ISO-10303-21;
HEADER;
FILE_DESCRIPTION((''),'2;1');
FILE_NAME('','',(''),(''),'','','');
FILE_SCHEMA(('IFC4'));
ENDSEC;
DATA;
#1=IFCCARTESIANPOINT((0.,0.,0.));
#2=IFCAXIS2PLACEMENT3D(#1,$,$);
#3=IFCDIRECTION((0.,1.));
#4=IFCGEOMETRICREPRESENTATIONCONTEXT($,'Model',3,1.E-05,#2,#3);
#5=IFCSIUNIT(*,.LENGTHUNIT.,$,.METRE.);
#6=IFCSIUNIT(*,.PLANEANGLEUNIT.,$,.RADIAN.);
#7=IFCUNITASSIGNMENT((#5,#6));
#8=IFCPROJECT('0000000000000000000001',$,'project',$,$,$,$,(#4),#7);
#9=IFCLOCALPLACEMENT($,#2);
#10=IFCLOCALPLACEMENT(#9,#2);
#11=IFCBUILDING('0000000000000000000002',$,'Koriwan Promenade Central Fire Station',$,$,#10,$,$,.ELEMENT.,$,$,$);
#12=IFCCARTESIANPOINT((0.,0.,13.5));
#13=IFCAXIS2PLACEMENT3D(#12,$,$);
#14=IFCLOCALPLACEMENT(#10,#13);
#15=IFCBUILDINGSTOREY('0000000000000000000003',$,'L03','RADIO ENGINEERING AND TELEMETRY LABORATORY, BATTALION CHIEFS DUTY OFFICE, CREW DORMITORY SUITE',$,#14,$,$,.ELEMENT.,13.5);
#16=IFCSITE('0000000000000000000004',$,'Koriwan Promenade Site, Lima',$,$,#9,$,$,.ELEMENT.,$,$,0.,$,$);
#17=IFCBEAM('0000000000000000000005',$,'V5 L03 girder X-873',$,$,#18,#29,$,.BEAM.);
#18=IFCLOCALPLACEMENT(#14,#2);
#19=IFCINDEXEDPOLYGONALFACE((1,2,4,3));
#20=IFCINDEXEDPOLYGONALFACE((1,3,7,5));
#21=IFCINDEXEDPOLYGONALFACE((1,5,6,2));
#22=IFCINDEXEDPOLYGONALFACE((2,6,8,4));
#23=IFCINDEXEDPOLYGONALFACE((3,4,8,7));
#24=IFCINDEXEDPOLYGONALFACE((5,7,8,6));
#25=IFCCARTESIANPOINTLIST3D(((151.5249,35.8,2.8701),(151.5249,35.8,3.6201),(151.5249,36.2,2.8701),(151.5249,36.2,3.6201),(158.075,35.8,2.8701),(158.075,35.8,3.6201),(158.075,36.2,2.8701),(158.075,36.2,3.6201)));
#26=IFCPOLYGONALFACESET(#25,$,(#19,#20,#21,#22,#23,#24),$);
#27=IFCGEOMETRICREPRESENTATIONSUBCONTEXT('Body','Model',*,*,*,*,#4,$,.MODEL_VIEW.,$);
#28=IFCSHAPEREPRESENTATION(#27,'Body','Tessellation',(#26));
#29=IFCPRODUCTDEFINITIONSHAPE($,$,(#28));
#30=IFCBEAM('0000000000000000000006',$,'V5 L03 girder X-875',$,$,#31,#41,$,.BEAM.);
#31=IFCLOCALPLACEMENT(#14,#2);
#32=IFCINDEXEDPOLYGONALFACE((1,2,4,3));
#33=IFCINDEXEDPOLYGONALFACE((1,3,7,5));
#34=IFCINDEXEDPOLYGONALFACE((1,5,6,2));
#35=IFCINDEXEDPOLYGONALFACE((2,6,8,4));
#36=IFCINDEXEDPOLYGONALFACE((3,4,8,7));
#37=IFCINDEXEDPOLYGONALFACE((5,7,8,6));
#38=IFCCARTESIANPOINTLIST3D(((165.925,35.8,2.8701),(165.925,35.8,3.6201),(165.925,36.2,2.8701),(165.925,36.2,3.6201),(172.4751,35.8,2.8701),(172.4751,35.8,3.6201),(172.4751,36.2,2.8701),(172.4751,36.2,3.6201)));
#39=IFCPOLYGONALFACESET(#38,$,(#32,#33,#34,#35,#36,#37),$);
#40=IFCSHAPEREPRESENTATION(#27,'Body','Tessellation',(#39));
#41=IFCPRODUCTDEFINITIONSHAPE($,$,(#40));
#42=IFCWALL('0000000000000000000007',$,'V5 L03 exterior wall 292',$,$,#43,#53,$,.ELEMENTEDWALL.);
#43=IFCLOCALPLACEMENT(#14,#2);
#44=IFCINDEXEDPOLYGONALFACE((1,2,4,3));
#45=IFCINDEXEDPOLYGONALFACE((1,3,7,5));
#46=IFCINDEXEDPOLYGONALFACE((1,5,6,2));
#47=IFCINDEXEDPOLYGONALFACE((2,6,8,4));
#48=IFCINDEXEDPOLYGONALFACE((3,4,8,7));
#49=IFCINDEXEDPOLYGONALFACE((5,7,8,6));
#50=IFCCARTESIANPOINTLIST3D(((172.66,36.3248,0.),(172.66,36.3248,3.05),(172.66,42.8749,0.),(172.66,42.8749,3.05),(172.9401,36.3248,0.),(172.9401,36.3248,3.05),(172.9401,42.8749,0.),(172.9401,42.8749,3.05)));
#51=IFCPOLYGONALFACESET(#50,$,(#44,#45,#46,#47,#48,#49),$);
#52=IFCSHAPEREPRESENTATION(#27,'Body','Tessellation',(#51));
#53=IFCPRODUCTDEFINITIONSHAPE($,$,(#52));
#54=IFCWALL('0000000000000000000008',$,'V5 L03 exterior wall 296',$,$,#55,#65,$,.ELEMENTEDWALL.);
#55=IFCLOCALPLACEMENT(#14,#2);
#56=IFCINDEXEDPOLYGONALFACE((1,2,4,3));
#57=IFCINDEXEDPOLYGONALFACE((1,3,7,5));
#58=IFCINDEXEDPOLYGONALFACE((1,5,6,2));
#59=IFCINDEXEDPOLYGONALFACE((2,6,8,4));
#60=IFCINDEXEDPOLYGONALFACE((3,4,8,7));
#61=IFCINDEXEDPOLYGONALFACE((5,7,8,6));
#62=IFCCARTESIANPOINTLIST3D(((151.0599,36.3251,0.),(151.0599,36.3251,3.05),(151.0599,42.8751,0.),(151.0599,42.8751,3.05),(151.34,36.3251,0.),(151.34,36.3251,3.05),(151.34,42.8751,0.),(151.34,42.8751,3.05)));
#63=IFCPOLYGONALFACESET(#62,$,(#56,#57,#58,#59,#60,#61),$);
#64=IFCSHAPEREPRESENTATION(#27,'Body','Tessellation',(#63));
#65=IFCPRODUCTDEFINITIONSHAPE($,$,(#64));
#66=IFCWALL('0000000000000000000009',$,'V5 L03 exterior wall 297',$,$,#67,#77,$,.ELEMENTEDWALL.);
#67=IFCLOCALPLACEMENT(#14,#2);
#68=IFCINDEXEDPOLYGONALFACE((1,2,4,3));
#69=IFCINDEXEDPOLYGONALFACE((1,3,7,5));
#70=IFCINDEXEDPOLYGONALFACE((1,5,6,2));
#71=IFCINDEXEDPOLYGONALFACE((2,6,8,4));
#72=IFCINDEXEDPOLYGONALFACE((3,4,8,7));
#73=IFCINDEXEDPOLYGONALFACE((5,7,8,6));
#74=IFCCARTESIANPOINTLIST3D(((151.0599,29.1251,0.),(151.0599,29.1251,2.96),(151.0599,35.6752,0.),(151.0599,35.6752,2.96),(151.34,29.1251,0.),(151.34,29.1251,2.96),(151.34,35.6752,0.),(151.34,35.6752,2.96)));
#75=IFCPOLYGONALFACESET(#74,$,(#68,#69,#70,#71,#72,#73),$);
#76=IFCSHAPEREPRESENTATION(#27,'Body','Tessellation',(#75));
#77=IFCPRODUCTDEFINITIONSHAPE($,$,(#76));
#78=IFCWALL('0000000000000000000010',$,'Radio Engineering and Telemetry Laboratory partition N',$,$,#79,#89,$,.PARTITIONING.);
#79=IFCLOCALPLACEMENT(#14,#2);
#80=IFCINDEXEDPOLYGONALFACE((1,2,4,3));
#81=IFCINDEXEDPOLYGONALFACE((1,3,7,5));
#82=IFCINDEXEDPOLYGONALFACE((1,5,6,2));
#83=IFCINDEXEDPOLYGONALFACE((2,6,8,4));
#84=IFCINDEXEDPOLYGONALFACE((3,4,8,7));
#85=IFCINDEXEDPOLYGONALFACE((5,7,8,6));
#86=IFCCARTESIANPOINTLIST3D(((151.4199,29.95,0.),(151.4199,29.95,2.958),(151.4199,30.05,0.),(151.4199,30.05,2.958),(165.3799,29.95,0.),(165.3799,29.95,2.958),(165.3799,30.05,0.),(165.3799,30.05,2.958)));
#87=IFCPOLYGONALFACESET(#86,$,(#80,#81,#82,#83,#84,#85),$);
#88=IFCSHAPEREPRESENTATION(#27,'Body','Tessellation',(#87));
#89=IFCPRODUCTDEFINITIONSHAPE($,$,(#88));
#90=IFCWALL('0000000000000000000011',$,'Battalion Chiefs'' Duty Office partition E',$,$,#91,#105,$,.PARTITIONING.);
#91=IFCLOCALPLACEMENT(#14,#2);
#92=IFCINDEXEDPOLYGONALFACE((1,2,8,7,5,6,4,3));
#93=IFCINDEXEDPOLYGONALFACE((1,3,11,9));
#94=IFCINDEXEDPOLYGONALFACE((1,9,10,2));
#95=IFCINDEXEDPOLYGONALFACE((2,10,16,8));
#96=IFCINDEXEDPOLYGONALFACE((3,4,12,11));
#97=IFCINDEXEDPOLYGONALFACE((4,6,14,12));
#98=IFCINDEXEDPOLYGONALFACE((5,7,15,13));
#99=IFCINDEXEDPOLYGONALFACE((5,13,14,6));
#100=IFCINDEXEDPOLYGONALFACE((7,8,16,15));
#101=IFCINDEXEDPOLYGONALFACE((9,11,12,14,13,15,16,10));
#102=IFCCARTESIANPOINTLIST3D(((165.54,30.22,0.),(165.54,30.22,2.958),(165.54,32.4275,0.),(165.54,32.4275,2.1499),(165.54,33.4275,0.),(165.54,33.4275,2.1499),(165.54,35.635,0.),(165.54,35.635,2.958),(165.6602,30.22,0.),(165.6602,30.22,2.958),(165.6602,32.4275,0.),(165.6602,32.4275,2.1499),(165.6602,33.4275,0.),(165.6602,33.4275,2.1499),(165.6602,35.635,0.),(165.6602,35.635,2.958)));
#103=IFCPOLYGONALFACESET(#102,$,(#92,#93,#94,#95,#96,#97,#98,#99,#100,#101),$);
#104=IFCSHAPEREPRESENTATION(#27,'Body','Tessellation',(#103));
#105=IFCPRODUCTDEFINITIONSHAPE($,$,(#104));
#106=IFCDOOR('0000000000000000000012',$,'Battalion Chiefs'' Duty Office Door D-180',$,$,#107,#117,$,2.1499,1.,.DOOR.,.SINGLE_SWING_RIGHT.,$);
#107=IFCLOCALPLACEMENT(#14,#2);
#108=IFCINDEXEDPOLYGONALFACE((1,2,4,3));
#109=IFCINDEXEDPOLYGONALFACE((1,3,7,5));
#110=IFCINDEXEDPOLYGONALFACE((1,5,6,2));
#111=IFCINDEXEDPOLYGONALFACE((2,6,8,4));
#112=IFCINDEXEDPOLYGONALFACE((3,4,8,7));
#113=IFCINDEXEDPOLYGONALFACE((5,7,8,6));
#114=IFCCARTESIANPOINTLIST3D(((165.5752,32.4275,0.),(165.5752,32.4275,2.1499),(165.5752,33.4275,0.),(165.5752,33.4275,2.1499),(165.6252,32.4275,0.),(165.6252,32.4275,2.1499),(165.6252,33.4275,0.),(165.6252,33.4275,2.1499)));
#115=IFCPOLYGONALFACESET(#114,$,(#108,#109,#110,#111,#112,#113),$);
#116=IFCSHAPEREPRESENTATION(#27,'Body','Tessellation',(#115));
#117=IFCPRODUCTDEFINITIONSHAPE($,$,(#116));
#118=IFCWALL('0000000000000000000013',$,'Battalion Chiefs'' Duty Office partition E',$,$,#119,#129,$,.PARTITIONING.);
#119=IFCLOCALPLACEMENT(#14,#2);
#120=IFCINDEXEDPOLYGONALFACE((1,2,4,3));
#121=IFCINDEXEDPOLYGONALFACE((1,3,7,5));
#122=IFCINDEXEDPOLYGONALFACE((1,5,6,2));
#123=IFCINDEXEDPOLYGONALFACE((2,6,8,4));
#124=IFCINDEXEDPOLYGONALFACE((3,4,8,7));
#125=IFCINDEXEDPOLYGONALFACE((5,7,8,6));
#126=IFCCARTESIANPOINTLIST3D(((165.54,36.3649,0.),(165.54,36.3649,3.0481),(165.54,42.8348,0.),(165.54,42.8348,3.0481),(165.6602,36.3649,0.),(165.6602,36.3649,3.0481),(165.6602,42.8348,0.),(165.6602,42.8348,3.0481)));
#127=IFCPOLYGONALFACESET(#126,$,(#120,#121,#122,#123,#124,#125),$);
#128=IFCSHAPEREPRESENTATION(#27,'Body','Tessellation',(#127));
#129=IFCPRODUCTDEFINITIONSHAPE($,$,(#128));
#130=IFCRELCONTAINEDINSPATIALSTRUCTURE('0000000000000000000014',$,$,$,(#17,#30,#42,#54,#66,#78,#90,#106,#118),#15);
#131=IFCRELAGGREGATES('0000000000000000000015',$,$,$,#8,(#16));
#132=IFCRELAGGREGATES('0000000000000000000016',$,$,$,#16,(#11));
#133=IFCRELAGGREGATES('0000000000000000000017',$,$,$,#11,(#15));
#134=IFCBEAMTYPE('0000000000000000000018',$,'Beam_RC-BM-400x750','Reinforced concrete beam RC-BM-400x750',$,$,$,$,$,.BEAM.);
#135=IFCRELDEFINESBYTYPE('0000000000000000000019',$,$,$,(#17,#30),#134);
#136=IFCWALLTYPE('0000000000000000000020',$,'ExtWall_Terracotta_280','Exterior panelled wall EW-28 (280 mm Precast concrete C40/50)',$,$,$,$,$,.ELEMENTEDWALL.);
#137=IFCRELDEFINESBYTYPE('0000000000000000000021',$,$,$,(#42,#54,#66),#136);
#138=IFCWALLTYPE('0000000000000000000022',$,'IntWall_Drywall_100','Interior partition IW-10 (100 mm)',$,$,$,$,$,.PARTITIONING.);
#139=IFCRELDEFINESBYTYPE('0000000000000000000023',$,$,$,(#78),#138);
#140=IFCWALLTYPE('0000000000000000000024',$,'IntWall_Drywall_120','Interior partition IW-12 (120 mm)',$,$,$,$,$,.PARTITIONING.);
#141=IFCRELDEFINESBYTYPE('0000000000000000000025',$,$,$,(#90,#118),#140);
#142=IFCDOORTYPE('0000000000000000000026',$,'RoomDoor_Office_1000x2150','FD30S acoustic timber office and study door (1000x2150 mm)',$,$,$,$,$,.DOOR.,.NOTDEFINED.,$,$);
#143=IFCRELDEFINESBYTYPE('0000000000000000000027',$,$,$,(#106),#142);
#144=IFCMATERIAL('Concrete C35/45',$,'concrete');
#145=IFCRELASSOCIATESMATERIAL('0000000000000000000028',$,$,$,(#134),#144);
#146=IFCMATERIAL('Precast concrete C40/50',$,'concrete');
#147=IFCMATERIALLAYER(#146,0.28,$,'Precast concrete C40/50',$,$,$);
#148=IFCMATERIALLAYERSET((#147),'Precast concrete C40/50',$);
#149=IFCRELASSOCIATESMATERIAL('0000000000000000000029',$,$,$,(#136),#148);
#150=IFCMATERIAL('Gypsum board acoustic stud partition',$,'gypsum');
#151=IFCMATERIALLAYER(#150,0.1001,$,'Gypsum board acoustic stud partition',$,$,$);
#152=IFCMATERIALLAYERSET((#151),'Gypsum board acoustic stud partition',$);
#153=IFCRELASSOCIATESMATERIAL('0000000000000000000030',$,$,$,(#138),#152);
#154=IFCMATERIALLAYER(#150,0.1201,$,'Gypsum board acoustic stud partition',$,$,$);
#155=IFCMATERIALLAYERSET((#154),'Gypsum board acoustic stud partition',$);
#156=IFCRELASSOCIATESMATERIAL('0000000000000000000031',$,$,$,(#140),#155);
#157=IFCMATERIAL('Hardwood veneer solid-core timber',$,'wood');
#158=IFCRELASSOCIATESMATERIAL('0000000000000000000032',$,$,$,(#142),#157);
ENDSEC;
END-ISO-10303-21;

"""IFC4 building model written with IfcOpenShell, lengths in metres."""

from ifc_helpers import new_model, si_unit, direction, frame, frame_2d, origin, origin_2d, place, context, subcontext, project, spatial, rectangle, extrude, material, layer, layer_set, material_profile, profile_set, type_object, element, fill, save


model = new_model("IFC4")

# Units and contexts
model_context = context("Model", 3, precision=1e-05, world=origin(), true_north=direction((0.0, 1.0)))
body_context = subcontext(model_context, "Body", "Model", "MODEL_VIEW")
ifc_project = project(units=[si_unit("LENGTHUNIT", "METRE"), si_unit("PLANEANGLEUNIT", "RADIAN")], contexts=[model_context])

# Site, building, storey
site_placement = place(None, origin())
site = spatial("IfcSite", under=ifc_project, at=site_placement, Name="Koriwan Promenade Site, Lima", CompositionType="ELEMENT", RefElevation=0.0)
building_placement = place(site_placement, origin())
building = spatial("IfcBuilding", under=site, at=building_placement, Name="Koriwan Promenade Central Fire Station", CompositionType="ELEMENT")
storey_placement = place(building_placement, frame((0.0, 0.0, 13.5)))
storey = spatial("IfcBuildingStorey", under=building, at=storey_placement, Name="L03", Description="RADIO ENGINEERING AND TELEMETRY LABORATORY, BATTALION CHIEFS DUTY OFFICE, CREW DORMITORY SUITE", CompositionType="ELEMENT", Elevation=13.5)

# Beams
ifc_material_1 = material(Name="Concrete C35/45", Category="concrete")
ifc_material_profile_1 = material_profile(ifc_material_1, rectangle(XDim=0.3999, YDim=0.75, at=origin_2d()), Name="RC-BM-400x750")
ifc_profile_set_1 = profile_set([ifc_material_profile_1], Name="Concrete C35/45")
beam_type_1 = type_object("IfcBeamType", Name="Beam_RC-BM-400x750", Description="Reinforced concrete beam RC-BM-400x750", PredefinedType="BEAM", material=ifc_profile_set_1)
for number, where, z_axis, x_axis, name in (
    (1, (151.5249, 36.0, 3.2451), (1.0, 0.0, 0.0), (0.0, 1.0, 0.0), "V5 L03 girder X-873"),
    (2, (165.925, 36.0, 3.2451), (1.0, 0.0, 0.0), (0.0, 1.0, 0.0), "V5 L03 girder X-875"),
):
    element("IfcBeam", number, at=place(storey_placement, frame(where, z_axis=z_axis, x_axis=x_axis)), inside=storey, type_object=beam_type_1, Name=name, PredefinedType="BEAM", context=body_context, shape_type="SweptSolid", body=[
        extrude(rectangle(XDim=0.3999, YDim=0.75, at=origin_2d()), origin(), (0.0, 0.0, 1.0), 6.55),
    ])

# Walls
ifc_material_2 = material(Name="Precast concrete C40/50", Category="concrete")
ifc_layer_1 = layer(ifc_material_2, 0.28, Name="Precast concrete C40/50")
ifc_layer_set_1 = layer_set([ifc_layer_1], Name="Precast concrete C40/50")
wall_type_1 = type_object("IfcWallType", Name="ExtWall_Terracotta_280", Description="Exterior panelled wall EW-28 (280 mm Precast concrete C40/50)", PredefinedType="ELEMENTEDWALL", material=ifc_layer_set_1)
for number, where, z_axis, x_axis, name in (
    (3, (172.8, 36.325, 0.0), (0.0, 0.0, 1.0), (0.0, 1.0, 0.0), "V5 L03 exterior wall 292"),
    (4, (151.2, 42.875, 0.0), (0.0, 0.0, 1.0), (0.0, -1.0, 0.0), "V5 L03 exterior wall 296"),
):
    element("IfcWall", number, at=place(storey_placement, frame(where, z_axis=z_axis, x_axis=x_axis)), inside=storey, type_object=wall_type_1, Name=name, PredefinedType="ELEMENTEDWALL", context=body_context, shape_type="SweptSolid", body=[
        extrude(rectangle(XDim=6.55, YDim=0.28, at=frame_2d((3.2749, 0.0))), origin(), (0.0, 0.0, 1.0), 3.05),
    ])
wall_1_placement = place(storey_placement, frame((151.2, 35.675, 0.0), z_axis=(0.0, 0.0, 1.0), x_axis=(0.0, -1.0, 0.0)))
element("IfcWall", 5, at=wall_1_placement, inside=storey, type_object=wall_type_1, Name="V5 L03 exterior wall 297", PredefinedType="ELEMENTEDWALL", context=body_context, shape_type="SweptSolid", body=[
    extrude(rectangle(XDim=6.55, YDim=0.28, at=frame_2d((3.2749, 0.0))), origin(), (0.0, 0.0, 1.0), 2.96),
])
ifc_material_3 = material(Name="Gypsum board acoustic stud partition", Category="gypsum")
ifc_layer_2 = layer(ifc_material_3, 0.1001, Name="Gypsum board acoustic stud partition")
ifc_layer_set_2 = layer_set([ifc_layer_2], Name="Gypsum board acoustic stud partition")
wall_type_2 = type_object("IfcWallType", Name="IntWall_Drywall_100", Description="Interior partition IW-10 (100 mm)", PredefinedType="PARTITIONING", material=ifc_layer_set_2)
wall_2_placement = place(storey_placement, frame((151.4199, 30.0, 0.0), z_axis=(0.0, 0.0, 1.0), x_axis=(1.0, 0.0, 0.0)))
element("IfcWall", 6, at=wall_2_placement, inside=storey, type_object=wall_type_2, Name="Radio Engineering and Telemetry Laboratory partition N", PredefinedType="PARTITIONING", context=body_context, shape_type="SweptSolid", body=[
    extrude(rectangle(XDim=13.96, YDim=0.1001, at=frame_2d((6.98, 0.0))), origin(), (0.0, 0.0, 1.0), 2.958),
])

# Wall, opening, door
ifc_layer_3 = layer(ifc_material_3, 0.1201, Name="Gypsum board acoustic stud partition")
ifc_layer_set_3 = layer_set([ifc_layer_3], Name="Gypsum board acoustic stud partition")
wall_type_3 = type_object("IfcWallType", Name="IntWall_Drywall_120", Description="Interior partition IW-12 (120 mm)", PredefinedType="PARTITIONING", material=ifc_layer_set_3)
wall_3_placement = place(storey_placement, frame((165.6001, 30.22, 0.0), z_axis=(0.0, 0.0, 1.0), x_axis=(0.0, 1.0, 0.0)))
wall_3 = element("IfcWall", 7, at=wall_3_placement, inside=storey, type_object=wall_type_3, Name="Battalion Chiefs' Duty Office partition E", PredefinedType="PARTITIONING", context=body_context, shape_type="SweptSolid", body=[
    extrude(rectangle(XDim=5.415, YDim=0.1201, at=frame_2d((2.7075, 0.0))), origin(), (0.0, 0.0, 1.0), 2.958),
])
opening_placement = place(wall_3_placement, frame((2.2075, 0.0, 0.0)))
opening = element("IfcOpeningElement", 8, at=opening_placement, cuts=wall_3, PredefinedType="OPENING", context=body_context, shape_type="SweptSolid", body=[
    extrude(rectangle(XDim=1.0, YDim=2.1499, at=frame_2d((0.5, 1.075))), frame((0.0, 0.072, 0.0), z_axis=(0.0, -1.0, 0.0), x_axis=(1.0, 0.0, 0.0)), (0.0, 0.0, 1.0), 0.144),
])
ifc_material_4 = material(Name="Hardwood veneer solid-core timber", Category="wood")
door_type = type_object("IfcDoorType", Name="RoomDoor_Office_1000x2150", Description="FD30S acoustic timber office and study door (1000x2150 mm)", OperationType="NOTDEFINED", PredefinedType="DOOR", material=ifc_material_4)
door_placement = place(opening_placement, origin())
door = element("IfcDoor", 9, at=door_placement, inside=storey, type_object=door_type, Name="Battalion Chiefs' Duty Office Door D-180", OperationType="SINGLE_SWING_RIGHT", OverallHeight=2.1499, OverallWidth=1.0, PredefinedType="DOOR", context=body_context, shape_type="SweptSolid", body=[
    extrude(rectangle(XDim=1.0, YDim=2.1499, at=frame_2d((0.5, 1.075))), frame((0.0, 0.0249, 0.0), z_axis=(0.0, -1.0, 0.0), x_axis=(1.0, 0.0, 0.0)), (0.0, 0.0, 1.0), 0.05),
])
fill(opening, door)

# Wall
wall_4_placement = place(storey_placement, frame((165.6001, 36.365, 0.0), z_axis=(0.0, 0.0, 1.0), x_axis=(0.0, 1.0, 0.0)))
element("IfcWall", 10, at=wall_4_placement, inside=storey, type_object=wall_type_3, Name="Battalion Chiefs' Duty Office partition E", PredefinedType="PARTITIONING", context=body_context, shape_type="SweptSolid", body=[
    extrude(rectangle(XDim=6.47, YDim=0.1201, at=frame_2d((3.2349, 0.0))), origin(), (0.0, 0.0, 1.0), 3.0481),
])

save(model, "model.ifc")
